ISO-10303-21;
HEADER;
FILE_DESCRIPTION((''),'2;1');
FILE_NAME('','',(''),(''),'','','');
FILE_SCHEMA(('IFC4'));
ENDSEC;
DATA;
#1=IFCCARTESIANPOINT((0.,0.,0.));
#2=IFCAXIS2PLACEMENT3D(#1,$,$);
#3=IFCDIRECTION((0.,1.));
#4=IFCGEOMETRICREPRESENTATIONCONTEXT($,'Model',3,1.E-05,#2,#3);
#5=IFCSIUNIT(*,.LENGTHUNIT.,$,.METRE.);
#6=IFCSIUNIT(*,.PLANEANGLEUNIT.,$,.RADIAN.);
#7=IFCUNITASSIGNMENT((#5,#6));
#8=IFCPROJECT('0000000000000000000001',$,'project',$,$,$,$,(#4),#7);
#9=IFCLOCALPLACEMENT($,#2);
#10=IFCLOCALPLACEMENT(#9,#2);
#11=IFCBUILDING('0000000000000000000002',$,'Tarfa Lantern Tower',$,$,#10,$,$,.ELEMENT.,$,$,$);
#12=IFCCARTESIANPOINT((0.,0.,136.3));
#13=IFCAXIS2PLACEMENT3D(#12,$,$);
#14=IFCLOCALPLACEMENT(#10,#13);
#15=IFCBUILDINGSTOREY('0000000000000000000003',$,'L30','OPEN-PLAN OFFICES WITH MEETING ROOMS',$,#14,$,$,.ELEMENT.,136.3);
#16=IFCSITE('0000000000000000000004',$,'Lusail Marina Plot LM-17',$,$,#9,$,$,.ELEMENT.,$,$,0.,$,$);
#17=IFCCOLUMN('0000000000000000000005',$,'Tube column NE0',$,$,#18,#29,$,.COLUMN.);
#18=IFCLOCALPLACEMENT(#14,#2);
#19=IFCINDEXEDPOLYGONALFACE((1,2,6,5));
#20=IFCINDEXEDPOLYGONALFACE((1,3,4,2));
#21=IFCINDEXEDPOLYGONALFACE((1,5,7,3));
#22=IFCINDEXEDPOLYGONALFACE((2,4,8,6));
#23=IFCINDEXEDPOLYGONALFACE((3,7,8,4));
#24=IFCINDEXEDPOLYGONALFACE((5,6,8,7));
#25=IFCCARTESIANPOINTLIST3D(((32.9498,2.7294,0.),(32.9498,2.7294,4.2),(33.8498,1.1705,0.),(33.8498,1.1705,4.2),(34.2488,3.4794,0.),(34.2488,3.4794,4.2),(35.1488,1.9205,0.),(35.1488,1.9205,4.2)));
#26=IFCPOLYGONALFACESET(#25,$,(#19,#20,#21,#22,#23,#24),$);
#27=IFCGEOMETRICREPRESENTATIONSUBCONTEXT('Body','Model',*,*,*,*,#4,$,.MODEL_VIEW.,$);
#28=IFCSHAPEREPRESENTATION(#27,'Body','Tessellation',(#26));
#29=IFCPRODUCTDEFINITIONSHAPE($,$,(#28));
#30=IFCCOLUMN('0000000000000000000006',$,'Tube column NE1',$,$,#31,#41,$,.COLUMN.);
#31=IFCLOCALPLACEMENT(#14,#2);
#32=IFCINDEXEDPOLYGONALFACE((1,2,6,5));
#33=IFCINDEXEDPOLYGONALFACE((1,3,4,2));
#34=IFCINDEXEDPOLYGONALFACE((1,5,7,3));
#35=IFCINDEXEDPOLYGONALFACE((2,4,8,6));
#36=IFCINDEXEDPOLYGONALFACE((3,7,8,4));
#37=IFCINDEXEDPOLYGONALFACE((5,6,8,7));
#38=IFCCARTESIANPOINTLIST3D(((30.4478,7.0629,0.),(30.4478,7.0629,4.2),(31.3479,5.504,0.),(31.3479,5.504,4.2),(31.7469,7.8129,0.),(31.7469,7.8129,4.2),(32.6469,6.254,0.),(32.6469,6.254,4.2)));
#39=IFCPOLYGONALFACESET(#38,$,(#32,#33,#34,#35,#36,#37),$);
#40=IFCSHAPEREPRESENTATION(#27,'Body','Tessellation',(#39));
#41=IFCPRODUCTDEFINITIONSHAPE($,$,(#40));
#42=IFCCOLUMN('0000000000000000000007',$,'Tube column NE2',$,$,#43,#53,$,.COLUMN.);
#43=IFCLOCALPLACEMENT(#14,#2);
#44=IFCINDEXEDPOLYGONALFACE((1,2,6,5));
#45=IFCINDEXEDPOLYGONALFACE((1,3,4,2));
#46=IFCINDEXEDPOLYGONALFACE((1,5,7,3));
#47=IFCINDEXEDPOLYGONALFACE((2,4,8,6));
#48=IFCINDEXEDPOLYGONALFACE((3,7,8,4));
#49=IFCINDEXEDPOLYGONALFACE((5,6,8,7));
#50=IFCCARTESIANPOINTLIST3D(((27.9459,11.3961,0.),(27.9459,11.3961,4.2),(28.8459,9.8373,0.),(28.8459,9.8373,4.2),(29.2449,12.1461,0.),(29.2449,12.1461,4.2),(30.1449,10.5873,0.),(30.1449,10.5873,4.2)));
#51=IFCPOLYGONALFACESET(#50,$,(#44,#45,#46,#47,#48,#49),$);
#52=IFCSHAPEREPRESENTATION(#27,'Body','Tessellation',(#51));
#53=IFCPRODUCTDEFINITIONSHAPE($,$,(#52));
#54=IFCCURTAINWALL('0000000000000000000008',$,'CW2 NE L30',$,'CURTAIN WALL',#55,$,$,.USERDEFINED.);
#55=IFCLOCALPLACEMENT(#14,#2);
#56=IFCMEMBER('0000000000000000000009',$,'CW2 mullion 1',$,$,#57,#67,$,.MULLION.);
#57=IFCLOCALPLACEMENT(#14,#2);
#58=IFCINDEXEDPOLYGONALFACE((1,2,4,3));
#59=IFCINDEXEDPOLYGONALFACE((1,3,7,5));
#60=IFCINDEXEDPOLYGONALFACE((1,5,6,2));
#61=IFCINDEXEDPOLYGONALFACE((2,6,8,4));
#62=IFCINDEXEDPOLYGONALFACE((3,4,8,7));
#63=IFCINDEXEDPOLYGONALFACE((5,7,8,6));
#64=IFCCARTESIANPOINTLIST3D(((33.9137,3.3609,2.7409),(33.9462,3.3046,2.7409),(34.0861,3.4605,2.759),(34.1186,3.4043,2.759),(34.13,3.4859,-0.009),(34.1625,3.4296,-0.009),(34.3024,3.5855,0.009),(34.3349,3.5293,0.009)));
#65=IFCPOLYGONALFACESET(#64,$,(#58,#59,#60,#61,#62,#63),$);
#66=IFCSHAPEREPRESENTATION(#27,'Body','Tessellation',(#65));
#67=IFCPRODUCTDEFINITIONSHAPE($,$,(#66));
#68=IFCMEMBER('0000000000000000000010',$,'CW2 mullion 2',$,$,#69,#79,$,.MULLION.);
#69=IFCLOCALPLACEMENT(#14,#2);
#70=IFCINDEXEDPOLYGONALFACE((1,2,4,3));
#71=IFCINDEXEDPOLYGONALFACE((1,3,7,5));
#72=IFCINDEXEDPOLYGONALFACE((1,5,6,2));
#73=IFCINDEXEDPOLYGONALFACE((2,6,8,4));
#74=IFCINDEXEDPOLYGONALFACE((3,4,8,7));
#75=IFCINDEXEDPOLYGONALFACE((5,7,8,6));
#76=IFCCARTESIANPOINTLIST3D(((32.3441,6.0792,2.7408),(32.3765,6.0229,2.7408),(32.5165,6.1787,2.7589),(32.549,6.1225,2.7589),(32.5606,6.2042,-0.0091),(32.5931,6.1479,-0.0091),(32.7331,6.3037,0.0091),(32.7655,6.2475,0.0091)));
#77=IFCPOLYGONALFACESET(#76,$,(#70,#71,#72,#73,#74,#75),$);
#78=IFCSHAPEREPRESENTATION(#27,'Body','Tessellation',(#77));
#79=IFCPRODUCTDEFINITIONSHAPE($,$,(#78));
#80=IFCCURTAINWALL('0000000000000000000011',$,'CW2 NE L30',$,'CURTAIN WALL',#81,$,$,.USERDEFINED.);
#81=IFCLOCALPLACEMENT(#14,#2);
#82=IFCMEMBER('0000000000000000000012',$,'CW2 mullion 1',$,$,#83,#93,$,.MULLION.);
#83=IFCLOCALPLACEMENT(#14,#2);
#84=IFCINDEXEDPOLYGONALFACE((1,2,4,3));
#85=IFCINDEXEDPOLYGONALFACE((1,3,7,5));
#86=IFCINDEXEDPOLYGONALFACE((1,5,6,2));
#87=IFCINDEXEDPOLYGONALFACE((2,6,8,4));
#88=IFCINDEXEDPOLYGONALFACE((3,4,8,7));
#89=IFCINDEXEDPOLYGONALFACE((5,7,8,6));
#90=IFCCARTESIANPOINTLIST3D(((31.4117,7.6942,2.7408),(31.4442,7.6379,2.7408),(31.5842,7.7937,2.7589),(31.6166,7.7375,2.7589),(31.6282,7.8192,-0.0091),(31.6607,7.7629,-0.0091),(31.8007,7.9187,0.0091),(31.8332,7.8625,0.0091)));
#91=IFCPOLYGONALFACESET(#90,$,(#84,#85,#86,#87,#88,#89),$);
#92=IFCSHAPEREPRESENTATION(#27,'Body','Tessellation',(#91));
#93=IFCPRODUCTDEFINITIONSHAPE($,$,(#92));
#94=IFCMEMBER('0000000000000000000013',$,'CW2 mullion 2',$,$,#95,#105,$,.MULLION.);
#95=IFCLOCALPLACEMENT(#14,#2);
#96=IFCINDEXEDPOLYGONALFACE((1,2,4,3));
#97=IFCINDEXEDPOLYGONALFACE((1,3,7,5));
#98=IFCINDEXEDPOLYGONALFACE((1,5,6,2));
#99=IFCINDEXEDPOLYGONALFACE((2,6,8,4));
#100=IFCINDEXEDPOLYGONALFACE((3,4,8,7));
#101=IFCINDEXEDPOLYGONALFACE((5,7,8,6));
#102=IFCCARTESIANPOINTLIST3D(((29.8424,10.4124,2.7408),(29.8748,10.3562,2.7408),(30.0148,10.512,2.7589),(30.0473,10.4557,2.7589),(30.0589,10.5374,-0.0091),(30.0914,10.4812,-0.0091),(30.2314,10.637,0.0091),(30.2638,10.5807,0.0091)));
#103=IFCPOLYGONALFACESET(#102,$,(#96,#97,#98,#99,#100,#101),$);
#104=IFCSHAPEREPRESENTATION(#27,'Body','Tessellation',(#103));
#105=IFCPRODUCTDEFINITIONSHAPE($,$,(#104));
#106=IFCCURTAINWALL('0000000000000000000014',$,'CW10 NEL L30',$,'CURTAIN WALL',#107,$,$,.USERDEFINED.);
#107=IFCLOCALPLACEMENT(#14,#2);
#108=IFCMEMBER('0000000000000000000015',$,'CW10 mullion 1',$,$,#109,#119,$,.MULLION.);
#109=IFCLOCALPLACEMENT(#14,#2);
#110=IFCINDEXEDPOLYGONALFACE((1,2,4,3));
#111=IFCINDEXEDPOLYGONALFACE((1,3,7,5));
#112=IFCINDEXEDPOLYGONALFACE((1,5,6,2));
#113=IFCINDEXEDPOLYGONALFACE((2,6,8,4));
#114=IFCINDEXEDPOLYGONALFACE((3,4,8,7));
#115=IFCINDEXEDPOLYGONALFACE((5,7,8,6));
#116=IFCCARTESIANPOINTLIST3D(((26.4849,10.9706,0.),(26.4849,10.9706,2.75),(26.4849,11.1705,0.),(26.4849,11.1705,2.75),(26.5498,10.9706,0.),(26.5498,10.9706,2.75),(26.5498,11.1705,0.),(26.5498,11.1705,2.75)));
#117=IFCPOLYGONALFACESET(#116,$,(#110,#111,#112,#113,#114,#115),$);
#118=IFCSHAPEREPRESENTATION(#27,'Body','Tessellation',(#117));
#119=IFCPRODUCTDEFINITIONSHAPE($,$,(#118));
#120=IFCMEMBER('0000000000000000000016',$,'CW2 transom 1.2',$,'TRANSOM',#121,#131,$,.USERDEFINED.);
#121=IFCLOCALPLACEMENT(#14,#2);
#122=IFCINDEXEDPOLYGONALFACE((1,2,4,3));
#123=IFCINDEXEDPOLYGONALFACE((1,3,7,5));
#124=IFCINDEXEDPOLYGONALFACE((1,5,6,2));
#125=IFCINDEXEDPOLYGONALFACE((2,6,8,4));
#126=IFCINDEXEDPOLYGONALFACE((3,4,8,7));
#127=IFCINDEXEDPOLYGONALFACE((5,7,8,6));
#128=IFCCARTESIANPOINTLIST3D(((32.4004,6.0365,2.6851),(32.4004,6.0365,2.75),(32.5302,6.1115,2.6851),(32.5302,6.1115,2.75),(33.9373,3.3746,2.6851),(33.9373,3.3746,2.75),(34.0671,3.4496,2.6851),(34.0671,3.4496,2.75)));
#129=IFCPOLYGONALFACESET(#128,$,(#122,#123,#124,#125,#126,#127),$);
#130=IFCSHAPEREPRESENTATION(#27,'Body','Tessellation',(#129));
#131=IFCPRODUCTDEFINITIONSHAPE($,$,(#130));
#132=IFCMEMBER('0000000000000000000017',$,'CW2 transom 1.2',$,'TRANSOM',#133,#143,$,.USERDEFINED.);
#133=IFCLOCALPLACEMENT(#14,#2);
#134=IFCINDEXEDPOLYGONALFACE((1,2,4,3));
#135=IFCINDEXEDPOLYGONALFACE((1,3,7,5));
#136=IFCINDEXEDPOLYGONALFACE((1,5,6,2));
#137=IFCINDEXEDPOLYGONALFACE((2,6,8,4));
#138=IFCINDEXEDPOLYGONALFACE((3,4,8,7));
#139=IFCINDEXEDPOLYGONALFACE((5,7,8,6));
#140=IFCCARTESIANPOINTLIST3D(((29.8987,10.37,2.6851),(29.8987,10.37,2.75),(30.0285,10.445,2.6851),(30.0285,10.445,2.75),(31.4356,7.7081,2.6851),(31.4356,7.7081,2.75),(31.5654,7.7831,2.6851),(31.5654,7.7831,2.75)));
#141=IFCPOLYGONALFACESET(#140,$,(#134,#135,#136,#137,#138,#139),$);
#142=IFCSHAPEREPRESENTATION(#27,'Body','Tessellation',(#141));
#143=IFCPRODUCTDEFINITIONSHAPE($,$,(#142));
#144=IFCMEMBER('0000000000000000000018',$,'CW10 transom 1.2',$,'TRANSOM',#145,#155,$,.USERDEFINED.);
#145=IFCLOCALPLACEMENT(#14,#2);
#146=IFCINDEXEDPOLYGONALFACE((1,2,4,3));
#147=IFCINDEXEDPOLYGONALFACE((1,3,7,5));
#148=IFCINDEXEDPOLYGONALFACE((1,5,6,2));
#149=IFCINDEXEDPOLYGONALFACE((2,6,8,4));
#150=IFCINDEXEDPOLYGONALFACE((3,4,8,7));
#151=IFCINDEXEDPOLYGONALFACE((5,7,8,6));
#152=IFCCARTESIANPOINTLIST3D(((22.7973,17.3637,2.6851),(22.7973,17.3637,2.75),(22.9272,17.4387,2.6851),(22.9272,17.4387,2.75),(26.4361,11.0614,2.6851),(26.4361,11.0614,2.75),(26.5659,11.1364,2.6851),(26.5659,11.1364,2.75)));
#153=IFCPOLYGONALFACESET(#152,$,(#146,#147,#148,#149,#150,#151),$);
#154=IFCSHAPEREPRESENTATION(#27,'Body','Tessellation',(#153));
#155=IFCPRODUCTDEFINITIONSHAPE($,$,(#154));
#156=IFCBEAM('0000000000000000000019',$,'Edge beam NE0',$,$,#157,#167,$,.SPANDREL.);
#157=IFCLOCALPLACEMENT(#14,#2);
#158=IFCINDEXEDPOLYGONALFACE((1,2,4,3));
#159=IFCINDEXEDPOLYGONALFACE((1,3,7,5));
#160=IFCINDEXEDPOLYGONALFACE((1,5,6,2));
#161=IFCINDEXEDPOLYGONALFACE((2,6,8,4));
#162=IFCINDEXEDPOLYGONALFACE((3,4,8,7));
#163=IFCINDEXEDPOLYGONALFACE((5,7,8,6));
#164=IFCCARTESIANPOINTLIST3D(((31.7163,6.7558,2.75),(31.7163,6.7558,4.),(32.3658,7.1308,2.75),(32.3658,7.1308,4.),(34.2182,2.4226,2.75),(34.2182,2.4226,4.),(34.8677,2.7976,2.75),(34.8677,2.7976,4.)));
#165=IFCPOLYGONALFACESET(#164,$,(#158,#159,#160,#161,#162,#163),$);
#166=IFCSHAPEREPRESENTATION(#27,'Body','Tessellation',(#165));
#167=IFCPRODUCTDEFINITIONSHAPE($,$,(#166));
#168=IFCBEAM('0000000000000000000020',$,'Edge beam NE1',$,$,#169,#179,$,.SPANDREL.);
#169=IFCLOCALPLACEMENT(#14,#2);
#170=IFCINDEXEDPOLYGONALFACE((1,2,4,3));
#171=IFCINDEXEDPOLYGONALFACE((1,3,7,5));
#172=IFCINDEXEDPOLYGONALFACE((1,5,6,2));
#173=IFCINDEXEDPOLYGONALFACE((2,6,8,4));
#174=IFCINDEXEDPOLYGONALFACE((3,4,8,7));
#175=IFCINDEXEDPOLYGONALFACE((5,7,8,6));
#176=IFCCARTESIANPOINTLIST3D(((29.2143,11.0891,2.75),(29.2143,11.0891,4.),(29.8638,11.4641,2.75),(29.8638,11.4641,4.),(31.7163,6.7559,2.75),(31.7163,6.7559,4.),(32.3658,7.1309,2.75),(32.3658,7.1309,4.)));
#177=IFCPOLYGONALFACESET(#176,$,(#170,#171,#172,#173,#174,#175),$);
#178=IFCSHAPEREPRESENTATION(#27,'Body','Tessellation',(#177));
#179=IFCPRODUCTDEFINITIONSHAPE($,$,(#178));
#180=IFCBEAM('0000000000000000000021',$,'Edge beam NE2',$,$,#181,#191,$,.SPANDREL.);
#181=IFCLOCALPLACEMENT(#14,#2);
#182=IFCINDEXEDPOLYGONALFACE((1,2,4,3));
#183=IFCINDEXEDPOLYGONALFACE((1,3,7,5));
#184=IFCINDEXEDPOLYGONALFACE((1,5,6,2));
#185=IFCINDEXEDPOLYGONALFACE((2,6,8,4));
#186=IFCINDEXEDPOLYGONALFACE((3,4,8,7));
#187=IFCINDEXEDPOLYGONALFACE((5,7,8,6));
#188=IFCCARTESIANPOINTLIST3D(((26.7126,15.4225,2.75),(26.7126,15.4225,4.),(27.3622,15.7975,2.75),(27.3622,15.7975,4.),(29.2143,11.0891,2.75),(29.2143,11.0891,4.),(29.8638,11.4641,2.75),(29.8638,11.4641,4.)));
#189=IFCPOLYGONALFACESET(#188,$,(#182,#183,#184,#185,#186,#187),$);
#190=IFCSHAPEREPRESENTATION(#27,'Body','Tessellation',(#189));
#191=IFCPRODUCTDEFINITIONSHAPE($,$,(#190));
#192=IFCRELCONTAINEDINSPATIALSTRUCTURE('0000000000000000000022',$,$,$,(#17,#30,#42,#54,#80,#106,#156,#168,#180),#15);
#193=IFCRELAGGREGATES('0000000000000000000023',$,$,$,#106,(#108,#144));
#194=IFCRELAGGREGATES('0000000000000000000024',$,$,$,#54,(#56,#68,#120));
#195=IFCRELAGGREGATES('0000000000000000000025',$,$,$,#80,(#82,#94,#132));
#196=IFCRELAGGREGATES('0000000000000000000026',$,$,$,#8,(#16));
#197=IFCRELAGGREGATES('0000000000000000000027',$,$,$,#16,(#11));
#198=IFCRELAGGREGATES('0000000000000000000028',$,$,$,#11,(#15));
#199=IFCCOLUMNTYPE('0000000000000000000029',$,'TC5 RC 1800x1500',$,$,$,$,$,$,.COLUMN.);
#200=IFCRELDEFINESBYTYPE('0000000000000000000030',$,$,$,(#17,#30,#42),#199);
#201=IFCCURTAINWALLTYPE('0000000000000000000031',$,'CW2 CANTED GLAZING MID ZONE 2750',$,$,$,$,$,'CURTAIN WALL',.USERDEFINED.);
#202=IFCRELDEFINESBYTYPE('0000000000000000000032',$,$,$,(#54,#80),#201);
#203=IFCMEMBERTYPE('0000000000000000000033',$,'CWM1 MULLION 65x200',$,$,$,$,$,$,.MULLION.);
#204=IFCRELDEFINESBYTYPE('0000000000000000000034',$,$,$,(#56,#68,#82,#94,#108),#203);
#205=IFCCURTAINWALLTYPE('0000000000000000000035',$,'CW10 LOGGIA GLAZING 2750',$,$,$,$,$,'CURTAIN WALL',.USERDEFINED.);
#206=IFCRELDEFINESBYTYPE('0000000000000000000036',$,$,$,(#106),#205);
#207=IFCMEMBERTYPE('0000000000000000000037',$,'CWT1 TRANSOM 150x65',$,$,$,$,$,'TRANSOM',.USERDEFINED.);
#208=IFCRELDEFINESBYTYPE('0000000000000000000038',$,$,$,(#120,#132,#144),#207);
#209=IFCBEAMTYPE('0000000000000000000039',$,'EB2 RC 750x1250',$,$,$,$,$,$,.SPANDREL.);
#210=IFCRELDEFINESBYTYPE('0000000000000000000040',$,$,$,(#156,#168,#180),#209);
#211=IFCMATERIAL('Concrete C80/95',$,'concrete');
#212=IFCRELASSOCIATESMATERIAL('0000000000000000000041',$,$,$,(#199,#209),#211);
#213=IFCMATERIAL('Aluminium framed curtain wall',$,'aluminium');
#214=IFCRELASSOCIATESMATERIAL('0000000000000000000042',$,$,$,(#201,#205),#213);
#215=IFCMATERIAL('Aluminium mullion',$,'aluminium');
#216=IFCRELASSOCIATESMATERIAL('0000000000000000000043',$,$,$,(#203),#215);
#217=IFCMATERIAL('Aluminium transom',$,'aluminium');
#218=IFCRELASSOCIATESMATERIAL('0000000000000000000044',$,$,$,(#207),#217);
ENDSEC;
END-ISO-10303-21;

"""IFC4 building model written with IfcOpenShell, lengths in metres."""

from ifc_helpers import new_model, si_unit, direction, frame, origin, origin_2d, place, context, subcontext, project, spatial, rectangle, extrude, material, material_profile, profile_set, type_object, element, aggregate, save


model = new_model("IFC4")

# Units and contexts
model_context = context("Model", 3, precision=1e-05, world=origin(), true_north=direction((0.0, 1.0)))
body_context = subcontext(model_context, "Body", "Model", "MODEL_VIEW")
ifc_project = project(units=[si_unit("LENGTHUNIT", "METRE"), si_unit("PLANEANGLEUNIT", "RADIAN")], contexts=[model_context])

# Site, building, storey
site_placement = place(None, origin())
site = spatial("IfcSite", under=ifc_project, at=site_placement, Name="Lusail Marina Plot LM-17", CompositionType="ELEMENT", RefElevation=0.0)
building_placement = place(site_placement, origin())
building = spatial("IfcBuilding", under=site, at=building_placement, Name="Tarfa Lantern Tower", CompositionType="ELEMENT")
storey_placement = place(building_placement, frame((0.0, 0.0, 136.3)))
storey = spatial("IfcBuildingStorey", under=building, at=storey_placement, Name="L30", Description="OPEN-PLAN OFFICES WITH MEETING ROOMS", CompositionType="ELEMENT", Elevation=136.3)

# Columns
ifc_material_1 = material(Name="Concrete C80/95", Category="concrete")
ifc_material_profile_1 = material_profile(ifc_material_1, rectangle(XDim=1.8, YDim=1.5, at=origin_2d()), Name="RC 1800x1500")
ifc_profile_set_1 = profile_set([ifc_material_profile_1], Name="Concrete C80/95")
column_type = type_object("IfcColumnType", Name="TC5 RC 1800x1500", PredefinedType="COLUMN", material=ifc_profile_set_1)
for number, where, z_axis, x_axis, name in (
    (1, (34.0493, 2.325, 0.0), (0.0, 0.0, 1.0), (-0.5, 0.866025, 0.0), "Tube column NE0"),
    (2, (31.5474, 6.6584, 0.0), (0.0, 0.0, 1.0), (-0.5, 0.866025, 0.0), "Tube column NE1"),
    (3, (29.0454, 10.9917, 0.0), (0.0, 0.0, 1.0), (-0.5, 0.866025, 0.0), "Tube column NE2"),
):
    element("IfcColumn", number, at=place(storey_placement, frame(where, z_axis=z_axis, x_axis=x_axis)), inside=storey, type_object=column_type, Name=name, PredefinedType="COLUMN", context=body_context, shape_type="SweptSolid", body=[
        extrude(rectangle(XDim=1.8, YDim=1.5, at=origin_2d()), origin(), (0.0, 0.0, 1.0), 4.2),
    ])

# Curtain walls, members
ifc_material_2 = material(Name="Aluminium framed curtain wall", Category="aluminium")
curtain_wall_type_1 = type_object("IfcCurtainWallType", Name="CW2 CANTED GLAZING MID ZONE 2750", ElementType="CURTAIN WALL", PredefinedType="USERDEFINED", material=ifc_material_2)
curtain_wall_1_placement = place(storey_placement, origin())
curtain_wall_1 = element("IfcCurtainWall", 4, at=curtain_wall_1_placement, inside=storey, type_object=curtain_wall_type_1, Name="CW2 NE L30", ObjectType="CURTAIN WALL", PredefinedType="USERDEFINED")
ifc_material_3 = material(Name="Aluminium mullion", Category="aluminium")
ifc_material_profile_2 = material_profile(ifc_material_3, rectangle(XDim=0.0649, YDim=0.2, at=origin_2d()), Name="AL MULLION 65x200")
ifc_profile_set_2 = profile_set([ifc_material_profile_2], Name="Aluminium mullion")
member_type_1 = type_object("IfcMemberType", Name="CWM1 MULLION 65x200", PredefinedType="MULLION", material=ifc_profile_set_2)
member_1_placement = place(storey_placement, frame((34.2324, 3.5076, 0.0), z_axis=(-0.078335, -0.045268, 0.995899), x_axis=(0.500343, -0.865827, 0.0)))
member_1 = element("IfcMember", 5, at=member_1_placement, type_object=member_type_1, Name="CW2 mullion 1", PredefinedType="MULLION", context=body_context, shape_type="SweptSolid", body=[
    extrude(rectangle(XDim=0.0649, YDim=0.2, at=origin_2d()), origin(), (0.0, 0.0, 1.0), 2.7612),
])
member_2_placement = place(storey_placement, frame((32.6631, 6.2258, 0.0), z_axis=(-0.078423, -0.045268, 0.995892), x_axis=(0.49992, -0.866072, 0.0)))
member_2 = element("IfcMember", 6, at=member_2_placement, type_object=member_type_1, Name="CW2 mullion 2", PredefinedType="MULLION", context=body_context, shape_type="SweptSolid", body=[
    extrude(rectangle(XDim=0.0649, YDim=0.2, at=origin_2d()), origin(), (0.0, 0.0, 1.0), 2.7612),
])
curtain_wall_2_placement = place(storey_placement, origin())
curtain_wall_2 = element("IfcCurtainWall", 7, at=curtain_wall_2_placement, inside=storey, type_object=curtain_wall_type_1, Name="CW2 NE L30", ObjectType="CURTAIN WALL", PredefinedType="USERDEFINED")
member_3_placement = place(storey_placement, frame((31.7307, 7.8408, 0.0), z_axis=(-0.078423, -0.045268, 0.995892), x_axis=(0.49992, -0.866072, 0.0)))
member_3 = element("IfcMember", 8, at=member_3_placement, type_object=member_type_1, Name="CW2 mullion 1", PredefinedType="MULLION", context=body_context, shape_type="SweptSolid", body=[
    extrude(rectangle(XDim=0.0649, YDim=0.2, at=origin_2d()), origin(), (0.0, 0.0, 1.0), 2.7612),
])
member_4_placement = place(storey_placement, frame((30.1614, 10.5591, 0.0), z_axis=(-0.078423, -0.045268, 0.995892), x_axis=(0.49992, -0.866072, 0.0)))
member_4 = element("IfcMember", 9, at=member_4_placement, type_object=member_type_1, Name="CW2 mullion 2", PredefinedType="MULLION", context=body_context, shape_type="SweptSolid", body=[
    extrude(rectangle(XDim=0.0649, YDim=0.2, at=origin_2d()), origin(), (0.0, 0.0, 1.0), 2.7612),
])

# Curtain wall, member
curtain_wall_type_2 = type_object("IfcCurtainWallType", Name="CW10 LOGGIA GLAZING 2750", ElementType="CURTAIN WALL", PredefinedType="USERDEFINED", material=ifc_material_2)
curtain_wall_3_placement = place(storey_placement, origin())
curtain_wall_3 = element("IfcCurtainWall", 10, at=curtain_wall_3_placement, inside=storey, type_object=curtain_wall_type_2, Name="CW10 NEL L30", ObjectType="CURTAIN WALL", PredefinedType="USERDEFINED")
member_5_placement = place(storey_placement, frame((26.5173, 11.0706, 0.0), z_axis=(0.0, 0.0, 1.0), x_axis=(1.0, 0.0, 0.0)))
member_5 = element("IfcMember", 11, at=member_5_placement, type_object=member_type_1, Name="CW10 mullion 1", PredefinedType="MULLION", context=body_context, shape_type="SweptSolid", body=[
    extrude(rectangle(XDim=0.0649, YDim=0.2, at=origin_2d()), origin(), (0.0, 0.0, 1.0), 2.75),
])

# Members
ifc_material_4 = material(Name="Aluminium transom", Category="aluminium")
ifc_material_profile_3 = material_profile(ifc_material_4, rectangle(XDim=0.1499, YDim=0.0649, at=origin_2d()), Name="AL TRANSOM 150x65")
ifc_profile_set_3 = profile_set([ifc_material_profile_3], Name="Aluminium transom")
member_type_2 = type_object("IfcMemberType", Name="CWT1 TRANSOM 150x65", ElementType="TRANSOM", PredefinedType="USERDEFINED", material=ifc_profile_set_3)
member_6_placement = place(storey_placement, frame((34.0022, 3.4121, 2.7175), z_axis=(-0.500009, 0.86602, 0.0), x_axis=(-0.86602, -0.500009, 0.0)))
member_6 = element("IfcMember", 12, at=member_6_placement, type_object=member_type_2, Name="CW2 transom 1.2", ObjectType="TRANSOM", PredefinedType="USERDEFINED", context=body_context, shape_type="SweptSolid", body=[
    extrude(rectangle(XDim=0.1499, YDim=0.0649, at=origin_2d()), origin(), (0.0, 0.0, 1.0), 3.0737),
])
member_7_placement = place(storey_placement, frame((31.5005, 7.7456, 2.7175), z_axis=(-0.500009, 0.86602, 0.0), x_axis=(-0.86602, -0.500009, 0.0)))
member_7 = element("IfcMember", 13, at=member_7_placement, type_object=member_type_2, Name="CW2 transom 1.2", ObjectType="TRANSOM", PredefinedType="USERDEFINED", context=body_context, shape_type="SweptSolid", body=[
    extrude(rectangle(XDim=0.1499, YDim=0.0649, at=origin_2d()), origin(), (0.0, 0.0, 1.0), 3.0737),
])
member_8_placement = place(storey_placement, frame((26.501, 11.0989, 2.7175), z_axis=(-0.500007, 0.866021, 0.0), x_axis=(-0.866021, -0.500007, 0.0)))
member_8 = element("IfcMember", 14, at=member_8_placement, type_object=member_type_2, Name="CW10 transom 1.2", ObjectType="TRANSOM", PredefinedType="USERDEFINED", context=body_context, shape_type="SweptSolid", body=[
    extrude(rectangle(XDim=0.1499, YDim=0.0649, at=origin_2d()), origin(), (0.0, 0.0, 1.0), 7.2773),
])
aggregate(curtain_wall_3, [member_5, member_8])

# Beams
ifc_material_profile_4 = material_profile(ifc_material_1, rectangle(XDim=0.75, YDim=1.25, at=origin_2d()), Name="RC 750x1250")
ifc_profile_set_4 = profile_set([ifc_material_profile_4], Name="Concrete C80/95")
beam_type_1 = type_object("IfcBeamType", Name="EB2 RC 750x1250", PredefinedType="SPANDREL", material=ifc_profile_set_4)
for number, where, z_axis, x_axis, name in (
    (15, (34.543, 2.6101, 3.375), (-0.500022, 0.866013, 0.0), (-0.866013, -0.500022, 0.0), "Edge beam NE0"),
    (16, (32.041, 6.9434, 3.375), (-0.500022, 0.866013, 0.0), (-0.866013, -0.500022, 0.0), "Edge beam NE1"),
    (17, (29.5391, 11.2766, 3.375), (-0.499965, 0.866046, 0.0), (-0.866046, -0.499965, 0.0), "Edge beam NE2"),
):
    element("IfcBeam", number, at=place(storey_placement, frame(where, z_axis=z_axis, x_axis=x_axis)), inside=storey, type_object=beam_type_1, Name=name, PredefinedType="SPANDREL", context=body_context, shape_type="SweptSolid", body=[
        extrude(rectangle(XDim=0.75, YDim=1.25, at=origin_2d()), origin(), (0.0, 0.0, 1.0), 5.0037),
    ])

aggregate(curtain_wall_1, [member_1, member_2, member_6])
aggregate(curtain_wall_2, [member_3, member_4, member_7])

save(model, "model.ifc")
